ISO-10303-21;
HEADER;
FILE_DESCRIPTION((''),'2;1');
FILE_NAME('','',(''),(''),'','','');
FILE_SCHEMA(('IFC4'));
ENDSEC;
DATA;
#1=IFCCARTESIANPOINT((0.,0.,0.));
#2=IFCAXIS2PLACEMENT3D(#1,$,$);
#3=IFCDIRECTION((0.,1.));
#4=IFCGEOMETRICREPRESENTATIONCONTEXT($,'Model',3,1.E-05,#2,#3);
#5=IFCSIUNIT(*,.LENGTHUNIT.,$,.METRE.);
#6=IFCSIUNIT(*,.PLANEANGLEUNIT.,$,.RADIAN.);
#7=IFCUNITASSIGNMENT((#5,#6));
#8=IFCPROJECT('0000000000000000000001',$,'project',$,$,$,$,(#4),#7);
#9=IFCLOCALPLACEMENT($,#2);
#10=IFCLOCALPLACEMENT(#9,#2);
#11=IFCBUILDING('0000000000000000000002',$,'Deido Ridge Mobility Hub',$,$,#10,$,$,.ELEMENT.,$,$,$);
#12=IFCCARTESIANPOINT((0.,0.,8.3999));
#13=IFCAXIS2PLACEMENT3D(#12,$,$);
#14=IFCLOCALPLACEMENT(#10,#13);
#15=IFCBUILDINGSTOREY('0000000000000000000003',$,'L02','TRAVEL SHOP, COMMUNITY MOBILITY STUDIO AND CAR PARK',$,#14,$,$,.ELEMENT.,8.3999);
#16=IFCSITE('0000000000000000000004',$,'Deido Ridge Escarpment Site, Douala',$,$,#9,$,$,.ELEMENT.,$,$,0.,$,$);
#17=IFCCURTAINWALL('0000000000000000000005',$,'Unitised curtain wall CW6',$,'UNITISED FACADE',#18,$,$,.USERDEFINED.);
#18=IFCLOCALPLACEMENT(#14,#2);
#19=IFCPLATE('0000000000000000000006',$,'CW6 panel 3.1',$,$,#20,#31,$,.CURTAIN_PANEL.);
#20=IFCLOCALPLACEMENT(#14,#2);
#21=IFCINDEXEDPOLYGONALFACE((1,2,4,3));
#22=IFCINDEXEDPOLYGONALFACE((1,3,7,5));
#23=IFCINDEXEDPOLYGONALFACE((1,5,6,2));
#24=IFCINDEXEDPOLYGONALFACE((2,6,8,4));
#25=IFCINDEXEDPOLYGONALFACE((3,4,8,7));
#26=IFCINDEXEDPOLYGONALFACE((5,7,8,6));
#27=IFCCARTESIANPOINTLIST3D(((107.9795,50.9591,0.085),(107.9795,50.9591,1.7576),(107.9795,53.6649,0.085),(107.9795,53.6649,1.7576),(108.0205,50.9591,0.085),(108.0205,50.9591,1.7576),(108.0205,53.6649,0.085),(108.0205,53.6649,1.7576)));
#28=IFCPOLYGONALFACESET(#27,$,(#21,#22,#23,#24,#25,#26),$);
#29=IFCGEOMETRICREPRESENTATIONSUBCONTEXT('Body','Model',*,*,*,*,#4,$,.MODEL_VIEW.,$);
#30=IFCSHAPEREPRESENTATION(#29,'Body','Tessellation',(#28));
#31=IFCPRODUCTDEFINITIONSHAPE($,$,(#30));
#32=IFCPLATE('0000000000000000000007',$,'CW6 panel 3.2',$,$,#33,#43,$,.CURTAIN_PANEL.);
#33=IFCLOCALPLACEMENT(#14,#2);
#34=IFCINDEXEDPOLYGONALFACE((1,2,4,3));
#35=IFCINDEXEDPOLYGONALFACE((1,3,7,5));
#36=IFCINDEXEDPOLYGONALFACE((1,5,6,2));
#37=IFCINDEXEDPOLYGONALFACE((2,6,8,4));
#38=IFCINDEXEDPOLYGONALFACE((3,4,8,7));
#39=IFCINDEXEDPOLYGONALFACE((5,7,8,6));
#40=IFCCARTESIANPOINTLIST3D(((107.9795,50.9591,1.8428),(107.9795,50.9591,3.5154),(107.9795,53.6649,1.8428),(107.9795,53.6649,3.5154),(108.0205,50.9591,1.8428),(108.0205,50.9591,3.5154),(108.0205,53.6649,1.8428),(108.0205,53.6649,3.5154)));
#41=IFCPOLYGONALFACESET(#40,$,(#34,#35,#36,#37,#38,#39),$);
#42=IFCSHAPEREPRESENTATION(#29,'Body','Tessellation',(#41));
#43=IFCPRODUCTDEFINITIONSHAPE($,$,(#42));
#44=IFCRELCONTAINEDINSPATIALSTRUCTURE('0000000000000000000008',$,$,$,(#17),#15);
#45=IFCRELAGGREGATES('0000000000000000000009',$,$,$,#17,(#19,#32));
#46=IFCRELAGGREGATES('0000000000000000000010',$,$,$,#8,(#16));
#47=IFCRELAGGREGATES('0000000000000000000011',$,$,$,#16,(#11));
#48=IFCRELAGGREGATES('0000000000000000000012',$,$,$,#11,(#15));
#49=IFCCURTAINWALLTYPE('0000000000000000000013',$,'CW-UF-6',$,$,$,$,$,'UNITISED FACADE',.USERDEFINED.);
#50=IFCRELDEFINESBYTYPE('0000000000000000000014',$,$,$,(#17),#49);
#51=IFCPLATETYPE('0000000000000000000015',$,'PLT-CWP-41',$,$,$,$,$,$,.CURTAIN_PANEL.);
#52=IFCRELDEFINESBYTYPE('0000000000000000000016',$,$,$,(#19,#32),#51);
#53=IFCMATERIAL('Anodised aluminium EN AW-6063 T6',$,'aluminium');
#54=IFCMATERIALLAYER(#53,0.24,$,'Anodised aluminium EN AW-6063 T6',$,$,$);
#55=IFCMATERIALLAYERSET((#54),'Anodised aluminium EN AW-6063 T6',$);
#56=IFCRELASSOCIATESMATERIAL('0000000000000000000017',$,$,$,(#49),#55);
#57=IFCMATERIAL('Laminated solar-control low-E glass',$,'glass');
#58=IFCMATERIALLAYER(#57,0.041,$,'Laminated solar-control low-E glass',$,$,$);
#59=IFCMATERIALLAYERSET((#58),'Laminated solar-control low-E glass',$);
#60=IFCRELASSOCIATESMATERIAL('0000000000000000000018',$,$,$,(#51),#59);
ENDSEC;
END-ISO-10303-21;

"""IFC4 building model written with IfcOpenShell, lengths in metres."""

from ifc_helpers import new_model, si_unit, direction, frame, origin, origin_2d, place, context, subcontext, project, spatial, rectangle, extrude, material, layer, layer_set, type_object, element, aggregate, save


model = new_model("IFC4")

# Units and contexts
model_context = context("Model", 3, precision=1e-05, world=origin(), true_north=direction((0.0, 1.0)))
body_context = subcontext(model_context, "Body", "Model", "MODEL_VIEW")
ifc_project = project(units=[si_unit("LENGTHUNIT", "METRE"), si_unit("PLANEANGLEUNIT", "RADIAN")], contexts=[model_context])

# Site, building, storey
site_placement = place(None, origin())
site = spatial("IfcSite", under=ifc_project, at=site_placement, Name="Deido Ridge Escarpment Site, Douala", CompositionType="ELEMENT", RefElevation=0.0)
building_placement = place(site_placement, origin())
building = spatial("IfcBuilding", under=site, at=building_placement, Name="Deido Ridge Mobility Hub", CompositionType="ELEMENT")
storey_placement = place(building_placement, frame((0.0, 0.0, 8.3999)))
storey = spatial("IfcBuildingStorey", under=building, at=storey_placement, Name="L02", Description="TRAVEL SHOP, COMMUNITY MOBILITY STUDIO AND CAR PARK", CompositionType="ELEMENT", Elevation=8.3999)

# Curtain wall
ifc_material_1 = material(Name="Anodised aluminium EN AW-6063 T6", Category="aluminium")
ifc_layer_1 = layer(ifc_material_1, 0.24, Name="Anodised aluminium EN AW-6063 T6")
ifc_layer_set_1 = layer_set([ifc_layer_1], Name="Anodised aluminium EN AW-6063 T6")
curtain_wall_type_1 = type_object("IfcCurtainWallType", Name="CW-UF-6", ElementType="UNITISED FACADE", PredefinedType="USERDEFINED", material=ifc_layer_set_1)
curtain_wall_1_placement = place(storey_placement, origin())
curtain_wall_1 = element("IfcCurtainWall", 1, at=curtain_wall_1_placement, inside=storey, type_object=curtain_wall_type_1, Name="Unitised curtain wall CW6", ObjectType="UNITISED FACADE", PredefinedType="USERDEFINED")

# Plates
ifc_material_2 = material(Name="Laminated solar-control low-E glass", Category="glass")
ifc_layer_2 = layer(ifc_material_2, 0.041, Name="Laminated solar-control low-E glass")
ifc_layer_set_2 = layer_set([ifc_layer_2], Name="Laminated solar-control low-E glass")
plate_type_1 = type_object("IfcPlateType", Name="PLT-CWP-41", PredefinedType="CURTAIN_PANEL", material=ifc_layer_set_2)
plate_1_placement = place(storey_placement, frame((108.0, 52.312, 0.085), z_axis=(0.0, 0.0, 1.0), x_axis=(0.0, 1.0, 0.0)))
plate_1 = element("IfcPlate", 2, at=plate_1_placement, type_object=plate_type_1, Name="CW6 panel 3.1", PredefinedType="CURTAIN_PANEL", context=body_context, shape_type="SweptSolid", body=[
    extrude(rectangle(XDim=2.7058, YDim=0.041, at=origin_2d()), origin(), (0.0, 0.0, 1.0), 1.6726),
])
plate_2_placement = place(storey_placement, frame((108.0, 52.312, 1.8428), z_axis=(0.0, 0.0, 1.0), x_axis=(0.0, 1.0, 0.0)))
plate_2 = element("IfcPlate", 3, at=plate_2_placement, type_object=plate_type_1, Name="CW6 panel 3.2", PredefinedType="CURTAIN_PANEL", context=body_context, shape_type="SweptSolid", body=[
    extrude(rectangle(XDim=2.7058, YDim=0.041, at=origin_2d()), origin(), (0.0, 0.0, 1.0), 1.6726),
])
aggregate(curtain_wall_1, [plate_1, plate_2])

save(model, "model.ifc")
